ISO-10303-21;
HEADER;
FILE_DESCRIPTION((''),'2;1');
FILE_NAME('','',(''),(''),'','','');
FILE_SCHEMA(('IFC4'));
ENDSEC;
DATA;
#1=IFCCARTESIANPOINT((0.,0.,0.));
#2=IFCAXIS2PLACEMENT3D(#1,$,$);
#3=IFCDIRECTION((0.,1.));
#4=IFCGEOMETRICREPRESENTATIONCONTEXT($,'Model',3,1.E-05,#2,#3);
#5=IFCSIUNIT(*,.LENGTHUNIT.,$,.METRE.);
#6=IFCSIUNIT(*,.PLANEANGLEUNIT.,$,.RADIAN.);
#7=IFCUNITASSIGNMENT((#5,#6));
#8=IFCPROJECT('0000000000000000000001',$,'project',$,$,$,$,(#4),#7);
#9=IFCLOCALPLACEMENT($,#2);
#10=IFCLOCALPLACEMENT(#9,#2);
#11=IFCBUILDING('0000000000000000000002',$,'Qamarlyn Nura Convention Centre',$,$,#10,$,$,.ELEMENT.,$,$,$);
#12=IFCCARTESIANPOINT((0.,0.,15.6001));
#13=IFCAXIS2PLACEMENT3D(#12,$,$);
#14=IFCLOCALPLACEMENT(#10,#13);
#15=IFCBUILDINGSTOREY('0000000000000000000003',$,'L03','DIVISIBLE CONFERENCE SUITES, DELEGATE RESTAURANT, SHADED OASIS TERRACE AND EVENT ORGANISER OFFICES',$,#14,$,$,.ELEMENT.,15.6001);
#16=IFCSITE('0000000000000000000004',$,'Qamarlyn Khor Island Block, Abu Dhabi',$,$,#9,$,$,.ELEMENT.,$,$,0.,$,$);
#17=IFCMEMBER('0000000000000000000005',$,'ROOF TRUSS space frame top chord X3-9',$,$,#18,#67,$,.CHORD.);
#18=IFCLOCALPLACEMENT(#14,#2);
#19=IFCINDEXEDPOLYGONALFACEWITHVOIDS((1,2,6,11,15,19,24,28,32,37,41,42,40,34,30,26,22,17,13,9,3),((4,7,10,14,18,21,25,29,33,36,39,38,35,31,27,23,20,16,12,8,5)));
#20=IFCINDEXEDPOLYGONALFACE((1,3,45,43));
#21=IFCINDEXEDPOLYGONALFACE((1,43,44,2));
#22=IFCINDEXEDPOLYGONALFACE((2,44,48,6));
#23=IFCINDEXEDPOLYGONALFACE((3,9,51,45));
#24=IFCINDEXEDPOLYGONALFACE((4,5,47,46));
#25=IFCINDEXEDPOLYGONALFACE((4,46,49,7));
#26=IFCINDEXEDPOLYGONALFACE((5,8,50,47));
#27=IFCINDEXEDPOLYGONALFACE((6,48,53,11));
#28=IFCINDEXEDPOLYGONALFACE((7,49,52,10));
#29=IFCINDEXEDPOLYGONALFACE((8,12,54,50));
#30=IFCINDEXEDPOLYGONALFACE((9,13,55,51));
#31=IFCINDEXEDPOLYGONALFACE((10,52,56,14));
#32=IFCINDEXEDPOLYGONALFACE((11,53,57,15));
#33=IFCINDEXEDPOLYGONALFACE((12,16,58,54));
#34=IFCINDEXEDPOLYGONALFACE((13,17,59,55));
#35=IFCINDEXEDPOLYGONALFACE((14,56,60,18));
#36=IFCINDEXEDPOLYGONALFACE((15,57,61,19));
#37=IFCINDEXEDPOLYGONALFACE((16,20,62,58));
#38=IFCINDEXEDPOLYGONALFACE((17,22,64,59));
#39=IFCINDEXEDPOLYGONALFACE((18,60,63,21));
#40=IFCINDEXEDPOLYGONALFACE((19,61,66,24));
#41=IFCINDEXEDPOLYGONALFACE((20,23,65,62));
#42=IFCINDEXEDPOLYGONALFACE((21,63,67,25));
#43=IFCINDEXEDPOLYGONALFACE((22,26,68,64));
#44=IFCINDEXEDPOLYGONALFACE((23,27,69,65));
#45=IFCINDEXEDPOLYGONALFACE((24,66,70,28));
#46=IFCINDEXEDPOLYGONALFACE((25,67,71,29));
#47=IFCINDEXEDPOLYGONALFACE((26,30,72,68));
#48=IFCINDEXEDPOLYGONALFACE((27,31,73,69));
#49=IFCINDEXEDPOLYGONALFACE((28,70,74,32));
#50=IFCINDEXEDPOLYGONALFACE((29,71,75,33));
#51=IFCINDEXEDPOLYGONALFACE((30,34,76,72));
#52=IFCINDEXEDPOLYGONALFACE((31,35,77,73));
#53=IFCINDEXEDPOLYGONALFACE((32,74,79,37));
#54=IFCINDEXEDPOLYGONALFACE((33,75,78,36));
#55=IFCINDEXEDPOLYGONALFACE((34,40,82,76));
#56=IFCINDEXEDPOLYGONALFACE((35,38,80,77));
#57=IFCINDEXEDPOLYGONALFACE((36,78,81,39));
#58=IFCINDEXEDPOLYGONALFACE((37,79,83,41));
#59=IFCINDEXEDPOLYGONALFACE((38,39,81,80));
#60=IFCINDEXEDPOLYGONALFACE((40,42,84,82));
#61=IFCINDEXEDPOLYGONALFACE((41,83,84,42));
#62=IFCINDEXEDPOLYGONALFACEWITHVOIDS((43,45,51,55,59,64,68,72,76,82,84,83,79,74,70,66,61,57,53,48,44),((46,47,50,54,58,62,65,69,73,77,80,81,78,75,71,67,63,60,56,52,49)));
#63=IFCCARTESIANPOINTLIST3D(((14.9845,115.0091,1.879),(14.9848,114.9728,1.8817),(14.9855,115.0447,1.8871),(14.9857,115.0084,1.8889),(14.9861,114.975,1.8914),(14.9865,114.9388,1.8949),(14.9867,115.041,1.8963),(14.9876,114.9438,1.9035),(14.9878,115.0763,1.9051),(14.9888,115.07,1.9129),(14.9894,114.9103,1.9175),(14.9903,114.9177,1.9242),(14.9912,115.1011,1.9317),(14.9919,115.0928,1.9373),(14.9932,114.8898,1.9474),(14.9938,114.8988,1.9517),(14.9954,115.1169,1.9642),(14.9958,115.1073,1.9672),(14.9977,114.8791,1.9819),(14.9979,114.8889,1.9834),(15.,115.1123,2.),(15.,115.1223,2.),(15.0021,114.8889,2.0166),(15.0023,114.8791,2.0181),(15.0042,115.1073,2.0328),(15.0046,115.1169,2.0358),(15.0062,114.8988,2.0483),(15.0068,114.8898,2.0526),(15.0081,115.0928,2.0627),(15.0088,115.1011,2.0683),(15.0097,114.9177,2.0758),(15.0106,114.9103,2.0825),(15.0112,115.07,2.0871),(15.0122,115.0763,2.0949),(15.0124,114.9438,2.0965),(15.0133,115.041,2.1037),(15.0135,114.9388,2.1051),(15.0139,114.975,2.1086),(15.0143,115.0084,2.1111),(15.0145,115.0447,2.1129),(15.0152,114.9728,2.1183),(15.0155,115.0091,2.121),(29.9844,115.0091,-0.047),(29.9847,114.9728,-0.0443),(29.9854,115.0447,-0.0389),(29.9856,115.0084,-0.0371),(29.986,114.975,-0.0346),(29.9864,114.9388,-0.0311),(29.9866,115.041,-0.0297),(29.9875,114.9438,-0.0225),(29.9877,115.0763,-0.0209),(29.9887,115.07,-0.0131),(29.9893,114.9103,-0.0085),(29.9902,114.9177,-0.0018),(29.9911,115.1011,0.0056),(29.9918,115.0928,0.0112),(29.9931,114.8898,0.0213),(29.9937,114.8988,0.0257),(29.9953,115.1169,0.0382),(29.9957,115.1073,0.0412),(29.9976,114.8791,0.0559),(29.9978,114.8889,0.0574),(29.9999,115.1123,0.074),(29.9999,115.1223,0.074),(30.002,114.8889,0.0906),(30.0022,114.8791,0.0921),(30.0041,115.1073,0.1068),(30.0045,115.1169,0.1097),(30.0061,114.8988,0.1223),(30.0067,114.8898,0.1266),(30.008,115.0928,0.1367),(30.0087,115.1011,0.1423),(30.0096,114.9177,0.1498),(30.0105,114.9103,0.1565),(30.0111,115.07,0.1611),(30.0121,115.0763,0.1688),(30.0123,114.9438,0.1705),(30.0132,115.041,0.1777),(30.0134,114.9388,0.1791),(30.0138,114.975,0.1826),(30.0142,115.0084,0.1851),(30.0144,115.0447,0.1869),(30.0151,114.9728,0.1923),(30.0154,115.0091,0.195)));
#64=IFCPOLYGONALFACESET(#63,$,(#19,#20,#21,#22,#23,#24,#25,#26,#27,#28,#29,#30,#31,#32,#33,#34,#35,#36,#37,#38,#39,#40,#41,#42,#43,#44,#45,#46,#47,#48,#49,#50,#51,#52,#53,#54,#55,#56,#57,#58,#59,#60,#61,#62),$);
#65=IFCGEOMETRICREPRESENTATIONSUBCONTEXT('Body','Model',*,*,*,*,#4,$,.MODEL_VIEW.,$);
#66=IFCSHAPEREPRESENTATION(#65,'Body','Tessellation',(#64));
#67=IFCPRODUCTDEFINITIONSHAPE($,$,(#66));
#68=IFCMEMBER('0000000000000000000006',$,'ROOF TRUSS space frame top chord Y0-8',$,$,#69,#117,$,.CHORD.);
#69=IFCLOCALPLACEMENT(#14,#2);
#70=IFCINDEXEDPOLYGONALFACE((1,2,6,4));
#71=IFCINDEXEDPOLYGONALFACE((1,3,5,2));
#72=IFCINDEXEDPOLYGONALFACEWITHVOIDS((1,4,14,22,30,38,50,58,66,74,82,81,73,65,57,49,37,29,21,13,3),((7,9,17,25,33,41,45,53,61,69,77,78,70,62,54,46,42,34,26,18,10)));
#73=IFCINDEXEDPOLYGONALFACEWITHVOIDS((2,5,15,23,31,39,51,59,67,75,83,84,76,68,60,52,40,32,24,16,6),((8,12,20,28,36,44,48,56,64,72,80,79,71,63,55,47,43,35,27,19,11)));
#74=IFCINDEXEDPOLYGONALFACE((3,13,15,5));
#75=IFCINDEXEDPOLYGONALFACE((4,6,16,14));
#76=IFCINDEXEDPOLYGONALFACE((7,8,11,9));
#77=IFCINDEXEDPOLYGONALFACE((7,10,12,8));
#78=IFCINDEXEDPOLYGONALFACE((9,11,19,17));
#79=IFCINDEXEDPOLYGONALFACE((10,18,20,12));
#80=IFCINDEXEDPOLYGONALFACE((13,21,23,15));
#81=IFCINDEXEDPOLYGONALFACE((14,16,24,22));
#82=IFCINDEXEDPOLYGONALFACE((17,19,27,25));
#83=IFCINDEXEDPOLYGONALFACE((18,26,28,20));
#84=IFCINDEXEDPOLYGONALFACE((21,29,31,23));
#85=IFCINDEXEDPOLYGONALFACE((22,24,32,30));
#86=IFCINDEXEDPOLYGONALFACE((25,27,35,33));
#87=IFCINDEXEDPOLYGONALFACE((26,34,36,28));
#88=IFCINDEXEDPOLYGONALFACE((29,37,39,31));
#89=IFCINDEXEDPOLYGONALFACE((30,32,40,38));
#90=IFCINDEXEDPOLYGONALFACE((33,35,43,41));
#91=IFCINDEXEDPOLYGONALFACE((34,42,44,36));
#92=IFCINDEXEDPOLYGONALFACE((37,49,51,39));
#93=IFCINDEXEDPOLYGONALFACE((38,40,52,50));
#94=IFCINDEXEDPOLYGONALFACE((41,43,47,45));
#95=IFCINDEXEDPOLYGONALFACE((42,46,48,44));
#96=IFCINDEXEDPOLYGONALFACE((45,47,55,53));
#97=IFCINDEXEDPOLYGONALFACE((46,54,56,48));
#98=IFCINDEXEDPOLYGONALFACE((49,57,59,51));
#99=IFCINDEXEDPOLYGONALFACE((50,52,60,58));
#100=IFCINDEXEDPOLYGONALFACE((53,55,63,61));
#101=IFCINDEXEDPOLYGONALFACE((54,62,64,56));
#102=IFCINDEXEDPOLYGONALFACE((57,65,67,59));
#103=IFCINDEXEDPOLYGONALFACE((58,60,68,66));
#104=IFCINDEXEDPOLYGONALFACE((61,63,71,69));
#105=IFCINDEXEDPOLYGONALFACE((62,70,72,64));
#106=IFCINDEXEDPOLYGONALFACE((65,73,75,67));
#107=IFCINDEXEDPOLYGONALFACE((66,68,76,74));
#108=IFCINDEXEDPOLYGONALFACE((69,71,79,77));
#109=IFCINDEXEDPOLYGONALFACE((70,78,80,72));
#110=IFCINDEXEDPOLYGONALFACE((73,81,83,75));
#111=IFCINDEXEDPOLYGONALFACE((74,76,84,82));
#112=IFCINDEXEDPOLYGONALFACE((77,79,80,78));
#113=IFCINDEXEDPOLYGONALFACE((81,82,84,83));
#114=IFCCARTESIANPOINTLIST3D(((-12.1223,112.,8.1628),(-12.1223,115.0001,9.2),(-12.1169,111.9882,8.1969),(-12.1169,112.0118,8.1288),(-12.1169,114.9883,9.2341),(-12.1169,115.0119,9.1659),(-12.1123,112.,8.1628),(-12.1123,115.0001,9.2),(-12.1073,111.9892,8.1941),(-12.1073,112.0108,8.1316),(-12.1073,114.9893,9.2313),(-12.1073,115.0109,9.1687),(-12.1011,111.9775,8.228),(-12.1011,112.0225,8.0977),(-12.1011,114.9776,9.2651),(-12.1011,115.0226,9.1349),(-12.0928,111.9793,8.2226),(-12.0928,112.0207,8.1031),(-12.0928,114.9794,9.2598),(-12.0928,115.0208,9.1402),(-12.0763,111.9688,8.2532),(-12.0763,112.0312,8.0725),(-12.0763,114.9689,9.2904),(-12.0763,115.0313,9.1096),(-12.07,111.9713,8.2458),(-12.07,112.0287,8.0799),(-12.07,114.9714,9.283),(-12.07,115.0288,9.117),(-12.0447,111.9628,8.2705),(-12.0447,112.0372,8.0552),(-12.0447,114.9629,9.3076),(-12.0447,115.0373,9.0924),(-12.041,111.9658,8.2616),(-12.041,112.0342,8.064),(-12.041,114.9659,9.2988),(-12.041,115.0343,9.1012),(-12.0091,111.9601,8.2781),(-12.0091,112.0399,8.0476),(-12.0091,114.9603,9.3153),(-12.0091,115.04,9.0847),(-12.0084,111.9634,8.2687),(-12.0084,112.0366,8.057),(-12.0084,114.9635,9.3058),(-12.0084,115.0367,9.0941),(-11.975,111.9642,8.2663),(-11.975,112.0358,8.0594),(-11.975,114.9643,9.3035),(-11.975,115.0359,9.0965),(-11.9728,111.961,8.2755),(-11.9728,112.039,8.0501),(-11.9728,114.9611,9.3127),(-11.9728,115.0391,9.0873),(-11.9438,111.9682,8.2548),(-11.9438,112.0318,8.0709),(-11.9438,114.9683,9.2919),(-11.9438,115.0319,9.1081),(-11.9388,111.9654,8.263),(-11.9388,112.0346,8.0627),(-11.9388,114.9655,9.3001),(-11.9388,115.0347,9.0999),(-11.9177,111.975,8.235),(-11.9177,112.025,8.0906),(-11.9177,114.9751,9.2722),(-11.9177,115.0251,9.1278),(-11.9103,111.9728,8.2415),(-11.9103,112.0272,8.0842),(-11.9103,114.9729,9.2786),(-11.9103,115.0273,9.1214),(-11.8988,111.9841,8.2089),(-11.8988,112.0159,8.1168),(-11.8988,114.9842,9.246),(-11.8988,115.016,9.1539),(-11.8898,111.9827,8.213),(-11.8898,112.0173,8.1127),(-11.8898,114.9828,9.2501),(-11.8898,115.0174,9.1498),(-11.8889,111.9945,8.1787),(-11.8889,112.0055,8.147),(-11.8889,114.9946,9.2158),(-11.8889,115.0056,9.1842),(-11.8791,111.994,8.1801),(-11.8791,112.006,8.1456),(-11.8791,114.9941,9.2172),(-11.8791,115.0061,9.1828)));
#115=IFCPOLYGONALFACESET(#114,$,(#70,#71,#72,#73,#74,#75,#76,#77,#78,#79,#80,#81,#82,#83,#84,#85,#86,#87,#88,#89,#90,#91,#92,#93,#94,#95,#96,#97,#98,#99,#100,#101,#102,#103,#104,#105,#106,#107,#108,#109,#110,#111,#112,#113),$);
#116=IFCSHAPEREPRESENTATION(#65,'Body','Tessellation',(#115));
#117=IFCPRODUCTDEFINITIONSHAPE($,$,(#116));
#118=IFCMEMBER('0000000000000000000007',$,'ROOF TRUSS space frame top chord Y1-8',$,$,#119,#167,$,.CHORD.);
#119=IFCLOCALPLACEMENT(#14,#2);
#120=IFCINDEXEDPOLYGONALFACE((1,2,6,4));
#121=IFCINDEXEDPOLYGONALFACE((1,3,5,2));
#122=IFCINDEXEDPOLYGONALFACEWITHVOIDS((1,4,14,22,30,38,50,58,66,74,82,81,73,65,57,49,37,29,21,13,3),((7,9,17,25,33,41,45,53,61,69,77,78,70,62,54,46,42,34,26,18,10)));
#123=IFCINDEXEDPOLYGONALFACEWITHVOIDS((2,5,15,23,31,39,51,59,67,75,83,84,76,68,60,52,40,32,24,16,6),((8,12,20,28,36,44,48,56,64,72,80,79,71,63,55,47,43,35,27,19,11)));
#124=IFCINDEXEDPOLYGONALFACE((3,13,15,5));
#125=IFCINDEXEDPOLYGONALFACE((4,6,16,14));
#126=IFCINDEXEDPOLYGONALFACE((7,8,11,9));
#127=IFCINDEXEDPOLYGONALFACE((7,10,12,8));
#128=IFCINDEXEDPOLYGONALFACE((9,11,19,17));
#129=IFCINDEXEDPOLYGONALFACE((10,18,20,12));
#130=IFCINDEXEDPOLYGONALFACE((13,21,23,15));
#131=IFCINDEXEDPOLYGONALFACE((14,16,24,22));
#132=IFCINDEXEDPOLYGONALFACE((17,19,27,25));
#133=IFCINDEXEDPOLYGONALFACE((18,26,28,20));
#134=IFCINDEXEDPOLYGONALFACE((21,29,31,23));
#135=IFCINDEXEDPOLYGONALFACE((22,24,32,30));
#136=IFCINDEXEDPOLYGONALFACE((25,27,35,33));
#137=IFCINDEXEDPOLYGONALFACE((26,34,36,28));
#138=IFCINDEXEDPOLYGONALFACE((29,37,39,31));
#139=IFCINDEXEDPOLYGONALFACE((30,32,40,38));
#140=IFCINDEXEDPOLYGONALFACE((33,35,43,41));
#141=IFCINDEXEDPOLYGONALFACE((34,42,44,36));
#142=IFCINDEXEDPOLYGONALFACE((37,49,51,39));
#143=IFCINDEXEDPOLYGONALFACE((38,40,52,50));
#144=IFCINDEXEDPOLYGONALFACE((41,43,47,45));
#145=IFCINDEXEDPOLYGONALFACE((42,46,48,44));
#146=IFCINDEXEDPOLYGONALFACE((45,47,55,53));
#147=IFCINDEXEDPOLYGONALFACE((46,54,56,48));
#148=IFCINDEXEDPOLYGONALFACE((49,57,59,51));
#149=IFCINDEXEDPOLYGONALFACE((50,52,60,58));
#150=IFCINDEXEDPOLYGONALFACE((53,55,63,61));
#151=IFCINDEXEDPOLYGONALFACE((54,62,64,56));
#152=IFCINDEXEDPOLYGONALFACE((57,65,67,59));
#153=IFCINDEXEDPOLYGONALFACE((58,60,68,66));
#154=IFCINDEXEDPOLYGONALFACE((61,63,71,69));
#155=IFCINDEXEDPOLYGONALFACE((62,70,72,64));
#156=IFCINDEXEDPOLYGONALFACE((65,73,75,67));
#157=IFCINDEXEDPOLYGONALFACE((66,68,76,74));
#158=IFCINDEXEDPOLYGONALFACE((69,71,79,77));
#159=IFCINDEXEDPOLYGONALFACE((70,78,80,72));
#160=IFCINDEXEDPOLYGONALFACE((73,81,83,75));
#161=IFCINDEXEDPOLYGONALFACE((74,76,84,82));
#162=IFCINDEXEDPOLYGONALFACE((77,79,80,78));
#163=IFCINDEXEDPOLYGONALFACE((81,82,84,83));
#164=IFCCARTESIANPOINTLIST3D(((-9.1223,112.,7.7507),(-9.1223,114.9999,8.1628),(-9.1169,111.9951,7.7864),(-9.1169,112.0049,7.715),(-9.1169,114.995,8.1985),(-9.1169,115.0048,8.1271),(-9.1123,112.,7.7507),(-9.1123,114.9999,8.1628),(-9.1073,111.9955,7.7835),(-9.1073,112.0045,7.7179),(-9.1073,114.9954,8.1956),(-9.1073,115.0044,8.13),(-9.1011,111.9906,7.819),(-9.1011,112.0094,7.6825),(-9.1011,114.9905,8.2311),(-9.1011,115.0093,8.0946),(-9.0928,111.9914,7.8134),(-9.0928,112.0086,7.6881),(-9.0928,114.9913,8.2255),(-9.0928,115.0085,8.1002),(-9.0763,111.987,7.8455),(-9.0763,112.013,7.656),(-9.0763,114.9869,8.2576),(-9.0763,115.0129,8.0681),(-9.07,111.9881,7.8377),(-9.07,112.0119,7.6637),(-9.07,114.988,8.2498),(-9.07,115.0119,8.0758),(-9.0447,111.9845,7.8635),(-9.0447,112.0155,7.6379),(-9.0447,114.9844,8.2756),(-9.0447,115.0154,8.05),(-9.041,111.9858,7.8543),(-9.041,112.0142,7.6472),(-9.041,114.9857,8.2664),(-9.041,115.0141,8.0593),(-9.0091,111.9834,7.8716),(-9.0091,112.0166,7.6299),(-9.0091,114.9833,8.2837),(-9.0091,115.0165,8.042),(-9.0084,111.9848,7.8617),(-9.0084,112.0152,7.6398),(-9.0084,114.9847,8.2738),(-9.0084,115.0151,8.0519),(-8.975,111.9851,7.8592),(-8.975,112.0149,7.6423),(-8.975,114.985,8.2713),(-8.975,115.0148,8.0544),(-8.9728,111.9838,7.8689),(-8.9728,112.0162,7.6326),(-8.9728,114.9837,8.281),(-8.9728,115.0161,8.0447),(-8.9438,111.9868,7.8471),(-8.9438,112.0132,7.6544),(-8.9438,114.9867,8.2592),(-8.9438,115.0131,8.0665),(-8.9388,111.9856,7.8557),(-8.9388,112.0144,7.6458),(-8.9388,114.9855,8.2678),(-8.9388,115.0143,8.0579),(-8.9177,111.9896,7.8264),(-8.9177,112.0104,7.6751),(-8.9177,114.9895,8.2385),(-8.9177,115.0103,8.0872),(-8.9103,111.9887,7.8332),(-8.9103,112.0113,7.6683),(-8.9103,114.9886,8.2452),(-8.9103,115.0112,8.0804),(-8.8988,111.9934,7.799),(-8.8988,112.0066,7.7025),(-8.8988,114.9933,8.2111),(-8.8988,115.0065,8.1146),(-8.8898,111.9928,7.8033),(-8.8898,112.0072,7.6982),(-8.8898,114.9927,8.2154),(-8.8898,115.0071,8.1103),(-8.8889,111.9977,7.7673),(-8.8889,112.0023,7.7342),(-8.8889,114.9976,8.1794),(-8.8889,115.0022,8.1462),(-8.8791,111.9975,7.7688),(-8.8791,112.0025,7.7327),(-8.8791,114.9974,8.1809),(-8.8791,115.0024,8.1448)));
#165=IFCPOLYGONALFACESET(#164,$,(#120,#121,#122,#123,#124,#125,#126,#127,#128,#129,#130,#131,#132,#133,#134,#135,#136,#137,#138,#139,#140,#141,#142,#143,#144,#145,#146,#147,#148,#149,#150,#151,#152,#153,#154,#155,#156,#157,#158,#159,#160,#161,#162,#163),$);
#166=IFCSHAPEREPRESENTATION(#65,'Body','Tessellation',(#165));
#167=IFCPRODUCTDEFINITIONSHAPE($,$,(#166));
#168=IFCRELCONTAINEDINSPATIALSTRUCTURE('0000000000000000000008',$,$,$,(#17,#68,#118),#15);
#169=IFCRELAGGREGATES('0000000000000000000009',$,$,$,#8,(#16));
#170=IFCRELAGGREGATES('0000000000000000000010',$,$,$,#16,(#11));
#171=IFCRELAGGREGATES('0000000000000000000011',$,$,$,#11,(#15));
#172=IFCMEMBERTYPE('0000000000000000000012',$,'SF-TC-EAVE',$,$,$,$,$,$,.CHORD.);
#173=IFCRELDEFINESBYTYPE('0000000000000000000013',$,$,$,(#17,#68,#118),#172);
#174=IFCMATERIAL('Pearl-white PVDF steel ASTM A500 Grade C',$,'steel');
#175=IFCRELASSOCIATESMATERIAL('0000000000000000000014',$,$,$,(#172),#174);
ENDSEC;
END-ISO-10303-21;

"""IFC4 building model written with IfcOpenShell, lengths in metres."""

from ifc_helpers import new_model, si_unit, direction, frame, origin, origin_2d, place, context, subcontext, project, spatial, hollow_circle, extrude, material, material_profile, profile_set, type_object, element, save


model = new_model("IFC4")

# Units and contexts
model_context = context("Model", 3, precision=1e-05, world=origin(), true_north=direction((0.0, 1.0)))
body_context = subcontext(model_context, "Body", "Model", "MODEL_VIEW")
ifc_project = project(units=[si_unit("LENGTHUNIT", "METRE"), si_unit("PLANEANGLEUNIT", "RADIAN")], contexts=[model_context])

# Site, building, storey
site_placement = place(None, origin())
site = spatial("IfcSite", under=ifc_project, at=site_placement, Name="Qamarlyn Khor Island Block, Abu Dhabi", CompositionType="ELEMENT", RefElevation=0.0)
building_placement = place(site_placement, origin())
building = spatial("IfcBuilding", under=site, at=building_placement, Name="Qamarlyn Nura Convention Centre", CompositionType="ELEMENT")
storey_placement = place(building_placement, frame((0.0, 0.0, 15.6001)))
storey = spatial("IfcBuildingStorey", under=building, at=storey_placement, Name="L03", Description="DIVISIBLE CONFERENCE SUITES, DELEGATE RESTAURANT, SHADED OASIS TERRACE AND EVENT ORGANISER OFFICES", CompositionType="ELEMENT", Elevation=15.6001)

# Members
ifc_material_1 = material(Name="Pearl-white PVDF steel ASTM A500 Grade C", Category="steel")
ifc_material_profile = material_profile(ifc_material_1, hollow_circle(Radius=0.1223, WallThickness=0.01, at=origin_2d()), Name="CHS244.5X10")
ifc_profile_set = profile_set([ifc_material_profile], Name="Pearl-white PVDF steel ASTM A500 Grade C")
member_type = type_object("IfcMemberType", Name="SF-TC-EAVE", PredefinedType="CHORD", material=ifc_profile_set)
member_1_placement = place(storey_placement, frame((15.0, 115.0, 2.0), z_axis=(0.991857, 0.0, -0.127356), x_axis=(0.0, 1.0, 0.0)))
element("IfcMember", 1, at=member_1_placement, inside=storey, type_object=member_type, Name="ROOF TRUSS space frame top chord X3-9", PredefinedType="CHORD", context=body_context, shape_type="SweptSolid", body=[
    extrude(hollow_circle(Radius=0.1223, WallThickness=0.01, at=origin_2d()), origin(), (0.0, 0.0, 1.0), 15.123),
])
member_2_placement = place(storey_placement, frame((-12.0, 112.0, 8.1628), z_axis=(0.0, 0.945118, 0.32673), x_axis=(-1.0, 0.0, 0.0)))
element("IfcMember", 2, at=member_2_placement, inside=storey, type_object=member_type, Name="ROOF TRUSS space frame top chord Y0-8", PredefinedType="CHORD", context=body_context, shape_type="SweptSolid", body=[
    extrude(hollow_circle(Radius=0.1223, WallThickness=0.01, at=origin_2d()), origin(), (0.0, 0.0, 1.0), 3.1743),
])
member_3_placement = place(storey_placement, frame((-9.0, 112.0, 7.7507), z_axis=(0.0, 0.990696, 0.136092), x_axis=(-1.0, 0.0, 0.0)))
element("IfcMember", 3, at=member_3_placement, inside=storey, type_object=member_type, Name="ROOF TRUSS space frame top chord Y1-8", PredefinedType="CHORD", context=body_context, shape_type="SweptSolid", body=[
    extrude(hollow_circle(Radius=0.1223, WallThickness=0.01, at=origin_2d()), origin(), (0.0, 0.0, 1.0), 3.0281),
])

save(model, "model.ifc")
